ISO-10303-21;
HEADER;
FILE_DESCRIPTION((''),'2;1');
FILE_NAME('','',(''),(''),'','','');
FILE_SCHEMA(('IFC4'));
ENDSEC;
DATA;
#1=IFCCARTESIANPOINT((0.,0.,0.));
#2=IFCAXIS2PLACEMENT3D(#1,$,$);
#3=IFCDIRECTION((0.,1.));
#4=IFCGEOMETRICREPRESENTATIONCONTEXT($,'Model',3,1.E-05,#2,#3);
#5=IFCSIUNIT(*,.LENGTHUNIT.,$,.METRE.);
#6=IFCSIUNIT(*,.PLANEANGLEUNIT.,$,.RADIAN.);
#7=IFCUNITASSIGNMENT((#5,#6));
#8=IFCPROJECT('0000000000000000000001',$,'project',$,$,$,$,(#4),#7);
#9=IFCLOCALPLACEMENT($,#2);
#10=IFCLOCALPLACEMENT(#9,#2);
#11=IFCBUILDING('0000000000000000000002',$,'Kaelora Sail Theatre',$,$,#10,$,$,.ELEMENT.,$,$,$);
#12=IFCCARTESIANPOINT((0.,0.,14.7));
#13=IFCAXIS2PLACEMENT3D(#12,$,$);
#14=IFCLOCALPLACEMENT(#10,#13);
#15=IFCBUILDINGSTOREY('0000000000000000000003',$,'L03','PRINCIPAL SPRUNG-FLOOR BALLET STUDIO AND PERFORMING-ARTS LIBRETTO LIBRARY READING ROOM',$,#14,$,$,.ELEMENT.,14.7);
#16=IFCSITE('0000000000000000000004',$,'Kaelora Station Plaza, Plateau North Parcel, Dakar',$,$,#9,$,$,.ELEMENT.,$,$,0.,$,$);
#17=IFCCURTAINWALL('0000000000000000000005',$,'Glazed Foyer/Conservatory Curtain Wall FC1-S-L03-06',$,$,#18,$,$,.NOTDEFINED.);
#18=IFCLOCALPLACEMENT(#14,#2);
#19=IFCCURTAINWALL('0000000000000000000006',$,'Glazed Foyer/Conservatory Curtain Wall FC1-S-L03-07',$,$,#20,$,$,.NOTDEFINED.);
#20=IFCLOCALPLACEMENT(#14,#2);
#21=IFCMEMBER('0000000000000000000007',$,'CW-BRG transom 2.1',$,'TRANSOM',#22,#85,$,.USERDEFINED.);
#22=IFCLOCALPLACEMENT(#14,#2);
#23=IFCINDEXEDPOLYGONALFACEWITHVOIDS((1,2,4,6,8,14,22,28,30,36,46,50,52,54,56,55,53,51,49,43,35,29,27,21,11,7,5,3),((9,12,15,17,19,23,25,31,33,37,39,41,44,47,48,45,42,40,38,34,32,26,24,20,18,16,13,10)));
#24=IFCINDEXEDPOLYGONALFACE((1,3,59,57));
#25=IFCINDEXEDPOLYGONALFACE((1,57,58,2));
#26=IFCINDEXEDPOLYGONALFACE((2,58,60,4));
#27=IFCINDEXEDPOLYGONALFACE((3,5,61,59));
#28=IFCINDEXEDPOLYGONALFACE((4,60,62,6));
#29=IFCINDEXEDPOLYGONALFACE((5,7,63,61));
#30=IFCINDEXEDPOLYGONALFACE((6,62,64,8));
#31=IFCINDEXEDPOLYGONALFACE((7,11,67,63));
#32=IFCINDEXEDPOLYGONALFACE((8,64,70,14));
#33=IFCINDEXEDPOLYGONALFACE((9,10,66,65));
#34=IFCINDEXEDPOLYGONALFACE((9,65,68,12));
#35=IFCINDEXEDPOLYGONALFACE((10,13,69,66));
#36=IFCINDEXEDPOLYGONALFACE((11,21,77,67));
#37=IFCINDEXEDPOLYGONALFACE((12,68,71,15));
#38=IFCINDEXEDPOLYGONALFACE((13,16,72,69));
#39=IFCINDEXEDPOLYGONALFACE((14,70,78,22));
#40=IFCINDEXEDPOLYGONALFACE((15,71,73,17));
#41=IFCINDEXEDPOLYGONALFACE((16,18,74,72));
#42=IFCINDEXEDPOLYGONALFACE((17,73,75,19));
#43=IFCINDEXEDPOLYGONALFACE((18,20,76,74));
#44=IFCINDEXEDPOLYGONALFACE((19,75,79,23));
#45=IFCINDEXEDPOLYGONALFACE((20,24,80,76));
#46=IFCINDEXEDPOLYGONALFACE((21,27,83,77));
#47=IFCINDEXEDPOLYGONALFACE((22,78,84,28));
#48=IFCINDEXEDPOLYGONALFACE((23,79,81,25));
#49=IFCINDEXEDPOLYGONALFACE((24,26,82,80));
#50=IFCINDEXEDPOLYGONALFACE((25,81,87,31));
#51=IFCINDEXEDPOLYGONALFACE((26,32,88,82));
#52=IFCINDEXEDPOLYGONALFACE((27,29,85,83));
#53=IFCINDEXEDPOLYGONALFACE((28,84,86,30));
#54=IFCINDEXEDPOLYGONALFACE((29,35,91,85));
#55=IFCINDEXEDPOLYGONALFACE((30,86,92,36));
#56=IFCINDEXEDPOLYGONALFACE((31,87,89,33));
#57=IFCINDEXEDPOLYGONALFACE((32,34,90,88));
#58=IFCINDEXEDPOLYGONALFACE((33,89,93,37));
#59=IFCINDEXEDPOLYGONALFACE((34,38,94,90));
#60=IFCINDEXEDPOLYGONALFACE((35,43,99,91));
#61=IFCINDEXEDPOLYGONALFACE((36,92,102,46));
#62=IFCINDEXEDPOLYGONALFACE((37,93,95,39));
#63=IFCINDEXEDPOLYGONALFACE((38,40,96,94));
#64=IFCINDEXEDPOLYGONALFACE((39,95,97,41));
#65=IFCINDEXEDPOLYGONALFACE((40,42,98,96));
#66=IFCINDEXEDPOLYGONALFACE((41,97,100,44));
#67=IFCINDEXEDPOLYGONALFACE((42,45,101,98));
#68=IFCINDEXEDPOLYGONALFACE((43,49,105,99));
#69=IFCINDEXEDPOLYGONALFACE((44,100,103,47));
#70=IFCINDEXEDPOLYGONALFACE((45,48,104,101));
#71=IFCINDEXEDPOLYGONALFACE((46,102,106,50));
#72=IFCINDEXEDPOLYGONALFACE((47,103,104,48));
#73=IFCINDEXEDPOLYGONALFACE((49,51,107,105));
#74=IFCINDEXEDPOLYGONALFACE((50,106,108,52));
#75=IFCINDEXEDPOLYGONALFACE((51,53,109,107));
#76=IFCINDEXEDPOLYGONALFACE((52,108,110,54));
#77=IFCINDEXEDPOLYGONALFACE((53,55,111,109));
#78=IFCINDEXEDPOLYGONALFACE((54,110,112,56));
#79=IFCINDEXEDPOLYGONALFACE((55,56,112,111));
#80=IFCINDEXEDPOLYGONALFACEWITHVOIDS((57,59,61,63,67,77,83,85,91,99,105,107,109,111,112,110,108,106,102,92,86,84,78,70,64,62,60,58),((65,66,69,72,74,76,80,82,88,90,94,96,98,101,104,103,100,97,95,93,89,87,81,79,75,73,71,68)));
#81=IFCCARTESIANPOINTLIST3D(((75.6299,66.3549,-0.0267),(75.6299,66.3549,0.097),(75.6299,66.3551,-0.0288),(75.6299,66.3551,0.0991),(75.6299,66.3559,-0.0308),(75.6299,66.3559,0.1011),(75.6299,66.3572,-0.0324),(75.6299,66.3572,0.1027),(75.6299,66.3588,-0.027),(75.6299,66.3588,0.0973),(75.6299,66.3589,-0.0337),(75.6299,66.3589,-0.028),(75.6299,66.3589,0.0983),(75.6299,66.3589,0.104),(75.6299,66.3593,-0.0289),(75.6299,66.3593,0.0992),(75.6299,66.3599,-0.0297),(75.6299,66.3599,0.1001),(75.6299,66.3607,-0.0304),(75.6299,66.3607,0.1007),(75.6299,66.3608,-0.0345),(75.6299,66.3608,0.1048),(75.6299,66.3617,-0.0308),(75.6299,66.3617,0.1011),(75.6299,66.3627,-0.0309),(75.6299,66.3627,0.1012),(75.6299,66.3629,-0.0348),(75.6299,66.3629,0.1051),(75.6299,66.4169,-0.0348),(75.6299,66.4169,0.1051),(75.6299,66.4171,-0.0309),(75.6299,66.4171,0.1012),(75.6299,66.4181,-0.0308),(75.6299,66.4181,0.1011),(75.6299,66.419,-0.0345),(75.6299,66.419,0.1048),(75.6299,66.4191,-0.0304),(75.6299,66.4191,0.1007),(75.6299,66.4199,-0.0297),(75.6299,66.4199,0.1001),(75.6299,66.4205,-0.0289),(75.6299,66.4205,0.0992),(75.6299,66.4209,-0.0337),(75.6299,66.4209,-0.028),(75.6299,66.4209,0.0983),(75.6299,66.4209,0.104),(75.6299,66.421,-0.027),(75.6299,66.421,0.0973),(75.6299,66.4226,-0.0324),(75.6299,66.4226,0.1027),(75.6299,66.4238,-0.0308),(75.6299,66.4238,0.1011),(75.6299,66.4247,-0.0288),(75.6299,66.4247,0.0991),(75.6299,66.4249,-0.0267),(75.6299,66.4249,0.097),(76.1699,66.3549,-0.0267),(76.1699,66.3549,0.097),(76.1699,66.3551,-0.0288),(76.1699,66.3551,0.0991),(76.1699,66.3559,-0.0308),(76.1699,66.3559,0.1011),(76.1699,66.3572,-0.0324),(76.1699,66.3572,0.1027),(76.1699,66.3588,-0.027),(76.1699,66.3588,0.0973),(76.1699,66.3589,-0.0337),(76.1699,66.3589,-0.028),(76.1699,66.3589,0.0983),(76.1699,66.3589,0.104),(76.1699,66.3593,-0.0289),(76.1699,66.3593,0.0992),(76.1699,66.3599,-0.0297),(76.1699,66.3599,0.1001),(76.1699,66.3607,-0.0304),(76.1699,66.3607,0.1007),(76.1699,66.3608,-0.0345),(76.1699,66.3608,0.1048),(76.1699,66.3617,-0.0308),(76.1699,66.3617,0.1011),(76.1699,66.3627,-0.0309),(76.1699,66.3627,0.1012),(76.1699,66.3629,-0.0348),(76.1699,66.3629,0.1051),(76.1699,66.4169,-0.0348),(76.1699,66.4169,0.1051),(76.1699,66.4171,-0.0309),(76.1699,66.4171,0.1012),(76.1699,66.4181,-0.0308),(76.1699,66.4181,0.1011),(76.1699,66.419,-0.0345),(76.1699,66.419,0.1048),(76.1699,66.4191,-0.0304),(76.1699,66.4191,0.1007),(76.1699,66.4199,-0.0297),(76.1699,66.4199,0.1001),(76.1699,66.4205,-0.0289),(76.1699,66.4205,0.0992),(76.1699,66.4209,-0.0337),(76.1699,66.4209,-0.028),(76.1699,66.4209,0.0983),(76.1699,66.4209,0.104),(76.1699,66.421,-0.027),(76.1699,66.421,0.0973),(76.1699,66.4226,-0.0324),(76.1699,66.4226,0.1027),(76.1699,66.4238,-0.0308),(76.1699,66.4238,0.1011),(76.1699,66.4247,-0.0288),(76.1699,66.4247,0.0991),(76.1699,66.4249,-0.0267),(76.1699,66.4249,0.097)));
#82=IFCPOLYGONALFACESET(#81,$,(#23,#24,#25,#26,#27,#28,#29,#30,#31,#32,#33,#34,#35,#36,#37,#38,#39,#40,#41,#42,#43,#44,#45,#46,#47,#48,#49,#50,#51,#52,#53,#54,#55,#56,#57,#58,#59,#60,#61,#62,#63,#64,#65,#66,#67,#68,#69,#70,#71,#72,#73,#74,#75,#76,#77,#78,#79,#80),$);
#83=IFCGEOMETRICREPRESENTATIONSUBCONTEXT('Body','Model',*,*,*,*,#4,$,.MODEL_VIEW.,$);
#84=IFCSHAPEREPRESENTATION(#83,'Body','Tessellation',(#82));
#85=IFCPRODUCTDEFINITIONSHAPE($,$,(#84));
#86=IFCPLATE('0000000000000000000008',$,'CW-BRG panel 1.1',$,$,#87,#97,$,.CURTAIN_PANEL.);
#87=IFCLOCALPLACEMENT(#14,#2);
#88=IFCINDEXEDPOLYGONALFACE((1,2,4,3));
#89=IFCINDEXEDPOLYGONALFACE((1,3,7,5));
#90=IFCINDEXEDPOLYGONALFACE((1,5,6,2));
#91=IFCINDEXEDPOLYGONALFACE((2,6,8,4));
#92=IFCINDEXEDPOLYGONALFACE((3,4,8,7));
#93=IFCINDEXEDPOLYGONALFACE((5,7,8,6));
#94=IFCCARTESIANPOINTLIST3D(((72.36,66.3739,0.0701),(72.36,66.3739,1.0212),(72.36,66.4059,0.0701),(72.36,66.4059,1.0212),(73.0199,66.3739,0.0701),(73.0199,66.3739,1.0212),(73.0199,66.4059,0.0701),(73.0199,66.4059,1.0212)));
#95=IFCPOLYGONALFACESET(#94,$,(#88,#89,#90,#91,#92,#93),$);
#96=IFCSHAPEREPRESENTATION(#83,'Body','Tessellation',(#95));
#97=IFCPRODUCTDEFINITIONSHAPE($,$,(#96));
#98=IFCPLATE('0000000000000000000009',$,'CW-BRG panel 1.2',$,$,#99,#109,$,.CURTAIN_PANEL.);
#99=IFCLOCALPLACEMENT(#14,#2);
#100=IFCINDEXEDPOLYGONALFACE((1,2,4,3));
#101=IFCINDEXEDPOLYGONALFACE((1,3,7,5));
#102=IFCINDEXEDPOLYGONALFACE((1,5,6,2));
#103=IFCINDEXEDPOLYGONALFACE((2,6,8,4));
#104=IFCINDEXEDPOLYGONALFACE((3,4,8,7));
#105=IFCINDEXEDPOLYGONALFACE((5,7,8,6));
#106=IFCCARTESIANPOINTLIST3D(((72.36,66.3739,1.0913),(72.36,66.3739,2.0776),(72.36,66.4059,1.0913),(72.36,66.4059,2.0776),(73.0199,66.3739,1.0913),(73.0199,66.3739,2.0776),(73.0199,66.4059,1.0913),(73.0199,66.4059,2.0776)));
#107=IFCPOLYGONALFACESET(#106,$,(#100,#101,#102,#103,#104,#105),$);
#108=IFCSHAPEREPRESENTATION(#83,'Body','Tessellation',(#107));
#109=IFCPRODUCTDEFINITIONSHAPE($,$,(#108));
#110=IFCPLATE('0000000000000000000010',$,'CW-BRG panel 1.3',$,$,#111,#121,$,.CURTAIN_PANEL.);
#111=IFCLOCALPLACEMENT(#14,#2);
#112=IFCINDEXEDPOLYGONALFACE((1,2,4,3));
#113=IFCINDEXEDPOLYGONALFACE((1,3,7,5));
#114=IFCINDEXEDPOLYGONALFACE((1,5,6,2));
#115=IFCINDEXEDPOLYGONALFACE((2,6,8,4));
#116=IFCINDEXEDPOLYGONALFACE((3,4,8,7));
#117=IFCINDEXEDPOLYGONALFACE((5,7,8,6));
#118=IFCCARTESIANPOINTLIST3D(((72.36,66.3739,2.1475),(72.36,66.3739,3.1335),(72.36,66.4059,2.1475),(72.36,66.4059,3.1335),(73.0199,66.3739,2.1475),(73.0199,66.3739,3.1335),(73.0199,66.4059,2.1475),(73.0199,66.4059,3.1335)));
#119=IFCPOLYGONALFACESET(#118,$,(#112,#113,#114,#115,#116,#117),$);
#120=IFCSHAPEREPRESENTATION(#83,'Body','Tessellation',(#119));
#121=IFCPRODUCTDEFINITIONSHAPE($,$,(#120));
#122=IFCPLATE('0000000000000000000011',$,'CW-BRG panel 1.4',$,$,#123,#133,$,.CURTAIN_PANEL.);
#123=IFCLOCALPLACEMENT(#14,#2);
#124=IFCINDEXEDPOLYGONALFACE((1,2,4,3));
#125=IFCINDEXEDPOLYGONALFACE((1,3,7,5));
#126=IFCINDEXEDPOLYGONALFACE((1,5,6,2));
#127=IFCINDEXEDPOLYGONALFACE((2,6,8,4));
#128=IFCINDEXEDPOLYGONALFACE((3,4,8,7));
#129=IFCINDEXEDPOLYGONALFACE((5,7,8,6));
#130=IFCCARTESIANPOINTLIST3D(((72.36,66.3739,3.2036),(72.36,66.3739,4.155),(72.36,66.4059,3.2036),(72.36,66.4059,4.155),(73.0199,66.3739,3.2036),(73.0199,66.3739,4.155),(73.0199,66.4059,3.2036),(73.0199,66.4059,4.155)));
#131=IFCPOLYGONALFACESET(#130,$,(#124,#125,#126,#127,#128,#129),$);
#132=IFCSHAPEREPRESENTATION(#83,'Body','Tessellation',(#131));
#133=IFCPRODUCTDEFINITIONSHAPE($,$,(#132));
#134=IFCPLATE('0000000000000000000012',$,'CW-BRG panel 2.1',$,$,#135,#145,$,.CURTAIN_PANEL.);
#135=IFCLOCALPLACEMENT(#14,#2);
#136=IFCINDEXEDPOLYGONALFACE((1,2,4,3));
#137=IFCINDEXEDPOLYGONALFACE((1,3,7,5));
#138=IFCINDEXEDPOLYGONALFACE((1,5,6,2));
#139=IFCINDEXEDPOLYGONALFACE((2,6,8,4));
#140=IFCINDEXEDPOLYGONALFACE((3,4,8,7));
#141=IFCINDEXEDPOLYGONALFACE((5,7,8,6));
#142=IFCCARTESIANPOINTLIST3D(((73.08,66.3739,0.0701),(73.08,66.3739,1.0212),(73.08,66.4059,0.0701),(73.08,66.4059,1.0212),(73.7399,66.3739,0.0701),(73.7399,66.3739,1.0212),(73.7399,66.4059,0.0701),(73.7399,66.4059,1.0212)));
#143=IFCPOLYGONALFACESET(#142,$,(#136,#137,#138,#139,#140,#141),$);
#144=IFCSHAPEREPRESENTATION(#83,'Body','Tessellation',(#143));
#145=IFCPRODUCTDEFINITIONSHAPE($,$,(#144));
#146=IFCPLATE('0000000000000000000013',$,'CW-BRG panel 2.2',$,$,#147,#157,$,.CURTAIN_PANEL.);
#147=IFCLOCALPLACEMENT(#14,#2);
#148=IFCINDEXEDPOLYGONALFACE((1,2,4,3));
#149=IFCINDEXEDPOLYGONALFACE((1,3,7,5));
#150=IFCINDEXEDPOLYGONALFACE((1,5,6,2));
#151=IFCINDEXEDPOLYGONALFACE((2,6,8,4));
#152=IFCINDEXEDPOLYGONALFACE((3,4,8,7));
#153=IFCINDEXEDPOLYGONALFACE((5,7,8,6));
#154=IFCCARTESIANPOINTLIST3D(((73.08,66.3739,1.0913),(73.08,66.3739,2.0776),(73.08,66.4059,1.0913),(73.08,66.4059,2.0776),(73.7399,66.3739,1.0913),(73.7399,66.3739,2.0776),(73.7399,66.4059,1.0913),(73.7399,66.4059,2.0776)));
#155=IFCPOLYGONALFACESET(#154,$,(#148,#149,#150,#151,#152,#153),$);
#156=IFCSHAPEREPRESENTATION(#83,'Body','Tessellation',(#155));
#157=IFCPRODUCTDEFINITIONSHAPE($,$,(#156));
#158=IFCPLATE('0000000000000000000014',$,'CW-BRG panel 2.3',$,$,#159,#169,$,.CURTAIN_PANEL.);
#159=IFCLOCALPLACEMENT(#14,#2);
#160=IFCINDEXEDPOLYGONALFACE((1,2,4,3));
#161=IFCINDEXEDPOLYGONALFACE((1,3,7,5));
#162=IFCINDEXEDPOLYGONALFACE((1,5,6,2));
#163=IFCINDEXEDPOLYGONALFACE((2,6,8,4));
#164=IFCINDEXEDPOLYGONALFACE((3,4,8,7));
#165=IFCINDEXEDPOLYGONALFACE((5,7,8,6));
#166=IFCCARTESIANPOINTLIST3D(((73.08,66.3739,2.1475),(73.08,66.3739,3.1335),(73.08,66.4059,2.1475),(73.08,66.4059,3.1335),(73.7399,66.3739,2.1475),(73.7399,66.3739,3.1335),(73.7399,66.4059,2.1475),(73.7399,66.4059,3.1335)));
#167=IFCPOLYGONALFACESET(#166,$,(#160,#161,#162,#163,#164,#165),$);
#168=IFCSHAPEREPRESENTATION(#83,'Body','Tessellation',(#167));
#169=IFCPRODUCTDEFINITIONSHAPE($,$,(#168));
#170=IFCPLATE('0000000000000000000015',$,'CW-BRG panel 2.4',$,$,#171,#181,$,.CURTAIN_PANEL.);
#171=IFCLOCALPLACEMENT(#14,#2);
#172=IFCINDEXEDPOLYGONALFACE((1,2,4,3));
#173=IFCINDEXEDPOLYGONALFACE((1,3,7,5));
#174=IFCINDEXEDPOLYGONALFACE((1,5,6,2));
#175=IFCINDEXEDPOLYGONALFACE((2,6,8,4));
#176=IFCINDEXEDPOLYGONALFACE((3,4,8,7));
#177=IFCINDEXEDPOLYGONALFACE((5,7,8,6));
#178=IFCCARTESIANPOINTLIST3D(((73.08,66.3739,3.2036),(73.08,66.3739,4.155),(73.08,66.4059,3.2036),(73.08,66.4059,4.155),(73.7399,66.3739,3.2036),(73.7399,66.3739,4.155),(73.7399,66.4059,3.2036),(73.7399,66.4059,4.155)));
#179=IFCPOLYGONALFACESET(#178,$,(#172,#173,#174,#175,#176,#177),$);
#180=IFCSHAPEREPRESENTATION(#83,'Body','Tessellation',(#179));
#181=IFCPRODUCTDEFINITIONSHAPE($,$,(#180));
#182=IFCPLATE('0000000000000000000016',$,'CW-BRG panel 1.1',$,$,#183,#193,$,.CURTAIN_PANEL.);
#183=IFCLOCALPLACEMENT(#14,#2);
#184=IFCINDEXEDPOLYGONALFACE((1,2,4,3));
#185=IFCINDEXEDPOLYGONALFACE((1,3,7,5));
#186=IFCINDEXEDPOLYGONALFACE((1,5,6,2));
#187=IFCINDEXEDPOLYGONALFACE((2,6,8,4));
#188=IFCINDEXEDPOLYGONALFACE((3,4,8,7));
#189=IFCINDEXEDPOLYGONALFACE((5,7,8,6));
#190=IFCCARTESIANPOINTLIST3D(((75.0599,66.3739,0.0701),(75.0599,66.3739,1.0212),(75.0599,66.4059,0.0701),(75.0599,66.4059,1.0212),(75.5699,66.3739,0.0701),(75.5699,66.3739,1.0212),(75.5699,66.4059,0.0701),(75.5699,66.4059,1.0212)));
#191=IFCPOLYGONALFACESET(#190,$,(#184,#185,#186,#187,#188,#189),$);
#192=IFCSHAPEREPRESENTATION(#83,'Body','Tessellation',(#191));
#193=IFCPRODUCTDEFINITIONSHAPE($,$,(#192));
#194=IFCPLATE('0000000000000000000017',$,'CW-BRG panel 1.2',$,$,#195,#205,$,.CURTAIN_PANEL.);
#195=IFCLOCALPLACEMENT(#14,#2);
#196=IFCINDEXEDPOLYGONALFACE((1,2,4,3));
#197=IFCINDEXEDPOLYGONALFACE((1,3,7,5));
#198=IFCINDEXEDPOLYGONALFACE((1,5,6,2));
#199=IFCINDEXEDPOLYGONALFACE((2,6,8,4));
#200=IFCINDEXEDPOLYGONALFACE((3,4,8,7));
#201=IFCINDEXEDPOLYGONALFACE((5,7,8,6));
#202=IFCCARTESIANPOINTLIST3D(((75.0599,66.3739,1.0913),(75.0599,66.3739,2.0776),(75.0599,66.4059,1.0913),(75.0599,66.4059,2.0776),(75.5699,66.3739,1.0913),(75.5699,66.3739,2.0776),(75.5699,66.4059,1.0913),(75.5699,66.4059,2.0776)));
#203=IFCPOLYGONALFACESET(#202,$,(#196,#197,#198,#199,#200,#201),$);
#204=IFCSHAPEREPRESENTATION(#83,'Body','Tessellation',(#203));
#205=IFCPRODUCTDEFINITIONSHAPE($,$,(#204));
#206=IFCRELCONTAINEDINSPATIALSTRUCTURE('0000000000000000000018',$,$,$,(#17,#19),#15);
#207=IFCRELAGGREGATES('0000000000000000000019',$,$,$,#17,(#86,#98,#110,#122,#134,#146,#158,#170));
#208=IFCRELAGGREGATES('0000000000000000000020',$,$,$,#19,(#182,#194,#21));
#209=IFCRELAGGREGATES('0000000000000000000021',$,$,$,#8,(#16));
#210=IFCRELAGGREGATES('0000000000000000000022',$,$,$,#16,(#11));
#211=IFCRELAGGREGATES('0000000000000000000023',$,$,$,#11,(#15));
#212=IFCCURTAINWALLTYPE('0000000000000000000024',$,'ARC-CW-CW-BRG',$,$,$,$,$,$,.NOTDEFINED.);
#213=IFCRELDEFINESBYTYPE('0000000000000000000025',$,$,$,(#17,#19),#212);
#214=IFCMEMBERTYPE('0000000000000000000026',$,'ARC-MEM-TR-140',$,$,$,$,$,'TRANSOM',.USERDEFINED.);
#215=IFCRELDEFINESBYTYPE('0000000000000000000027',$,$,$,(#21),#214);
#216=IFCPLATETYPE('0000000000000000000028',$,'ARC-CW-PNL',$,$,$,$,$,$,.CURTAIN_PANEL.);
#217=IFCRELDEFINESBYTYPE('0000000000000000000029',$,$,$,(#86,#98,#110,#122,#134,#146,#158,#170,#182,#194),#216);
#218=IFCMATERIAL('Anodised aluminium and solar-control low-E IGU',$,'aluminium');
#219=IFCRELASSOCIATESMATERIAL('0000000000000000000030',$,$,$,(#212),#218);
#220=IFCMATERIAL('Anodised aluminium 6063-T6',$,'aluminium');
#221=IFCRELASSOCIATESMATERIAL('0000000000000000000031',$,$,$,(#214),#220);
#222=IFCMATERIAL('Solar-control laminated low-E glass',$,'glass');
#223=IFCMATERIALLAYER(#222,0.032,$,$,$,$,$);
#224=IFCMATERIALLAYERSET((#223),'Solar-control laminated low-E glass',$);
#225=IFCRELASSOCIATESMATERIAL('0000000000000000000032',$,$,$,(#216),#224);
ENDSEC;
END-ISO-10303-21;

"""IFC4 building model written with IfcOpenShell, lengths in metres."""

from ifc_helpers import new_model, si_unit, direction, frame, origin, origin_2d, place, context, subcontext, project, spatial, rectangle, hollow_rectangle, extrude, material, layer, layer_set, material_profile, profile_set, type_object, element, aggregate, save


model = new_model("IFC4")

# Units and contexts
model_context = context("Model", 3, precision=1e-05, world=origin(), true_north=direction((0.0, 1.0)))
body_context = subcontext(model_context, "Body", "Model", "MODEL_VIEW")
ifc_project = project(units=[si_unit("LENGTHUNIT", "METRE"), si_unit("PLANEANGLEUNIT", "RADIAN")], contexts=[model_context])

# Site, building, storey
site_placement = place(None, origin())
site = spatial("IfcSite", under=ifc_project, at=site_placement, Name="Kaelora Station Plaza, Plateau North Parcel, Dakar", CompositionType="ELEMENT", RefElevation=0.0)
building_placement = place(site_placement, origin())
building = spatial("IfcBuilding", under=site, at=building_placement, Name="Kaelora Sail Theatre", CompositionType="ELEMENT")
storey_placement = place(building_placement, frame((0.0, 0.0, 14.7)))
storey = spatial("IfcBuildingStorey", under=building, at=storey_placement, Name="L03", Description="PRINCIPAL SPRUNG-FLOOR BALLET STUDIO AND PERFORMING-ARTS LIBRETTO LIBRARY READING ROOM", CompositionType="ELEMENT", Elevation=14.7)

# Curtain walls
ifc_material_1 = material(Name="Anodised aluminium and solar-control low-E IGU", Category="aluminium")
curtain_wall_type = type_object("IfcCurtainWallType", Name="ARC-CW-CW-BRG", PredefinedType="NOTDEFINED", material=ifc_material_1)
curtain_wall_1_placement = place(storey_placement, origin())
curtain_wall_1 = element("IfcCurtainWall", 1, at=curtain_wall_1_placement, inside=storey, type_object=curtain_wall_type, Name="Glazed Foyer/Conservatory Curtain Wall FC1-S-L03-06", PredefinedType="NOTDEFINED")
curtain_wall_2_placement = place(storey_placement, origin())
curtain_wall_2 = element("IfcCurtainWall", 2, at=curtain_wall_2_placement, inside=storey, type_object=curtain_wall_type, Name="Glazed Foyer/Conservatory Curtain Wall FC1-S-L03-07", PredefinedType="NOTDEFINED")

# Member
ifc_material_2 = material(Name="Anodised aluminium 6063-T6", Category="aluminium")
ifc_material_profile_1 = material_profile(ifc_material_2, hollow_rectangle(XDim=0.0701, YDim=0.1399, WallThickness=0.0039, InnerFilletRadius=0.0039, OuterFilletRadius=0.0081, at=origin_2d()), Name="ALU-TRAN 70x140x4")
ifc_profile_set_1 = profile_set([ifc_material_profile_1], Name="Anodised aluminium 6063-T6")
member_type_1 = type_object("IfcMemberType", Name="ARC-MEM-TR-140", ElementType="TRANSOM", PredefinedType="USERDEFINED", material=ifc_profile_set_1)
member_1_placement = place(storey_placement, frame((75.6299, 66.3899, 0.0352), z_axis=(1.0, 0.0, 0.0), x_axis=(0.0, 1.0, 0.0)))
member_1 = element("IfcMember", 3, at=member_1_placement, type_object=member_type_1, Name="CW-BRG transom 2.1", ObjectType="TRANSOM", PredefinedType="USERDEFINED", context=body_context, shape_type="SweptSolid", body=[
    extrude(hollow_rectangle(XDim=0.0701, YDim=0.1399, WallThickness=0.0039, InnerFilletRadius=0.0039, OuterFilletRadius=0.0081, at=origin_2d()), origin(), (0.0, 0.0, 1.0), 0.54),
])

# Plates
ifc_material_3 = material(Name="Solar-control laminated low-E glass", Category="glass")
ifc_layer = layer(ifc_material_3, 0.032)
ifc_layer_set = layer_set([ifc_layer], Name="Solar-control laminated low-E glass")
plate_type = type_object("IfcPlateType", Name="ARC-CW-PNL", PredefinedType="CURTAIN_PANEL", material=ifc_layer_set)
plate_1_placement = place(storey_placement, frame((72.6899, 66.3899, 0.0701), z_axis=(0.0, 0.0, 1.0), x_axis=(1.0, 0.0, 0.0)))
plate_1 = element("IfcPlate", 4, at=plate_1_placement, type_object=plate_type, Name="CW-BRG panel 1.1", PredefinedType="CURTAIN_PANEL", context=body_context, shape_type="SweptSolid", body=[
    extrude(rectangle(XDim=0.6599, YDim=0.032, at=origin_2d()), origin(), (0.0, 0.0, 1.0), 0.9512),
])
plate_2_placement = place(storey_placement, frame((72.6899, 66.3899, 1.0913), z_axis=(0.0, 0.0, 1.0), x_axis=(1.0, 0.0, 0.0)))
plate_2 = element("IfcPlate", 5, at=plate_2_placement, type_object=plate_type, Name="CW-BRG panel 1.2", PredefinedType="CURTAIN_PANEL", context=body_context, shape_type="SweptSolid", body=[
    extrude(rectangle(XDim=0.6599, YDim=0.032, at=origin_2d()), origin(), (0.0, 0.0, 1.0), 0.9863),
])
plate_3_placement = place(storey_placement, frame((72.6899, 66.3899, 2.1475), z_axis=(0.0, 0.0, 1.0), x_axis=(1.0, 0.0, 0.0)))
plate_3 = element("IfcPlate", 6, at=plate_3_placement, type_object=plate_type, Name="CW-BRG panel 1.3", PredefinedType="CURTAIN_PANEL", context=body_context, shape_type="SweptSolid", body=[
    extrude(rectangle(XDim=0.6599, YDim=0.032, at=origin_2d()), origin(), (0.0, 0.0, 1.0), 0.9861),
])
plate_4_placement = place(storey_placement, frame((72.6899, 66.3899, 3.2036), z_axis=(0.0, 0.0, 1.0), x_axis=(1.0, 0.0, 0.0)))
plate_4 = element("IfcPlate", 7, at=plate_4_placement, type_object=plate_type, Name="CW-BRG panel 1.4", PredefinedType="CURTAIN_PANEL", context=body_context, shape_type="SweptSolid", body=[
    extrude(rectangle(XDim=0.6599, YDim=0.032, at=origin_2d()), origin(), (0.0, 0.0, 1.0), 0.9514),
])
plate_5_placement = place(storey_placement, frame((73.4099, 66.3899, 0.0701), z_axis=(0.0, 0.0, 1.0), x_axis=(1.0, 0.0, 0.0)))
plate_5 = element("IfcPlate", 8, at=plate_5_placement, type_object=plate_type, Name="CW-BRG panel 2.1", PredefinedType="CURTAIN_PANEL", context=body_context, shape_type="SweptSolid", body=[
    extrude(rectangle(XDim=0.6599, YDim=0.032, at=origin_2d()), origin(), (0.0, 0.0, 1.0), 0.9512),
])
plate_6_placement = place(storey_placement, frame((73.4099, 66.3899, 1.0913), z_axis=(0.0, 0.0, 1.0), x_axis=(1.0, 0.0, 0.0)))
plate_6 = element("IfcPlate", 9, at=plate_6_placement, type_object=plate_type, Name="CW-BRG panel 2.2", PredefinedType="CURTAIN_PANEL", context=body_context, shape_type="SweptSolid", body=[
    extrude(rectangle(XDim=0.6599, YDim=0.032, at=origin_2d()), origin(), (0.0, 0.0, 1.0), 0.9863),
])
plate_7_placement = place(storey_placement, frame((73.4099, 66.3899, 2.1475), z_axis=(0.0, 0.0, 1.0), x_axis=(1.0, 0.0, 0.0)))
plate_7 = element("IfcPlate", 10, at=plate_7_placement, type_object=plate_type, Name="CW-BRG panel 2.3", PredefinedType="CURTAIN_PANEL", context=body_context, shape_type="SweptSolid", body=[
    extrude(rectangle(XDim=0.6599, YDim=0.032, at=origin_2d()), origin(), (0.0, 0.0, 1.0), 0.9861),
])
plate_8_placement = place(storey_placement, frame((73.4099, 66.3899, 3.2036), z_axis=(0.0, 0.0, 1.0), x_axis=(1.0, 0.0, 0.0)))
plate_8 = element("IfcPlate", 11, at=plate_8_placement, type_object=plate_type, Name="CW-BRG panel 2.4", PredefinedType="CURTAIN_PANEL", context=body_context, shape_type="SweptSolid", body=[
    extrude(rectangle(XDim=0.6599, YDim=0.032, at=origin_2d()), origin(), (0.0, 0.0, 1.0), 0.9514),
])
aggregate(curtain_wall_1, [plate_1, plate_2, plate_3, plate_4, plate_5, plate_6, plate_7, plate_8])
plate_9_placement = place(storey_placement, frame((75.3149, 66.3899, 0.0701), z_axis=(0.0, 0.0, 1.0), x_axis=(1.0, 0.0, 0.0)))
plate_9 = element("IfcPlate", 12, at=plate_9_placement, type_object=plate_type, Name="CW-BRG panel 1.1", PredefinedType="CURTAIN_PANEL", context=body_context, shape_type="SweptSolid", body=[
    extrude(rectangle(XDim=0.51, YDim=0.032, at=origin_2d()), origin(), (0.0, 0.0, 1.0), 0.9512),
])
plate_10_placement = place(storey_placement, frame((75.3149, 66.3899, 1.0913), z_axis=(0.0, 0.0, 1.0), x_axis=(1.0, 0.0, 0.0)))
plate_10 = element("IfcPlate", 13, at=plate_10_placement, type_object=plate_type, Name="CW-BRG panel 1.2", PredefinedType="CURTAIN_PANEL", context=body_context, shape_type="SweptSolid", body=[
    extrude(rectangle(XDim=0.51, YDim=0.032, at=origin_2d()), origin(), (0.0, 0.0, 1.0), 0.9863),
])
aggregate(curtain_wall_2, [plate_9, plate_10, member_1])

save(model, "model.ifc")
